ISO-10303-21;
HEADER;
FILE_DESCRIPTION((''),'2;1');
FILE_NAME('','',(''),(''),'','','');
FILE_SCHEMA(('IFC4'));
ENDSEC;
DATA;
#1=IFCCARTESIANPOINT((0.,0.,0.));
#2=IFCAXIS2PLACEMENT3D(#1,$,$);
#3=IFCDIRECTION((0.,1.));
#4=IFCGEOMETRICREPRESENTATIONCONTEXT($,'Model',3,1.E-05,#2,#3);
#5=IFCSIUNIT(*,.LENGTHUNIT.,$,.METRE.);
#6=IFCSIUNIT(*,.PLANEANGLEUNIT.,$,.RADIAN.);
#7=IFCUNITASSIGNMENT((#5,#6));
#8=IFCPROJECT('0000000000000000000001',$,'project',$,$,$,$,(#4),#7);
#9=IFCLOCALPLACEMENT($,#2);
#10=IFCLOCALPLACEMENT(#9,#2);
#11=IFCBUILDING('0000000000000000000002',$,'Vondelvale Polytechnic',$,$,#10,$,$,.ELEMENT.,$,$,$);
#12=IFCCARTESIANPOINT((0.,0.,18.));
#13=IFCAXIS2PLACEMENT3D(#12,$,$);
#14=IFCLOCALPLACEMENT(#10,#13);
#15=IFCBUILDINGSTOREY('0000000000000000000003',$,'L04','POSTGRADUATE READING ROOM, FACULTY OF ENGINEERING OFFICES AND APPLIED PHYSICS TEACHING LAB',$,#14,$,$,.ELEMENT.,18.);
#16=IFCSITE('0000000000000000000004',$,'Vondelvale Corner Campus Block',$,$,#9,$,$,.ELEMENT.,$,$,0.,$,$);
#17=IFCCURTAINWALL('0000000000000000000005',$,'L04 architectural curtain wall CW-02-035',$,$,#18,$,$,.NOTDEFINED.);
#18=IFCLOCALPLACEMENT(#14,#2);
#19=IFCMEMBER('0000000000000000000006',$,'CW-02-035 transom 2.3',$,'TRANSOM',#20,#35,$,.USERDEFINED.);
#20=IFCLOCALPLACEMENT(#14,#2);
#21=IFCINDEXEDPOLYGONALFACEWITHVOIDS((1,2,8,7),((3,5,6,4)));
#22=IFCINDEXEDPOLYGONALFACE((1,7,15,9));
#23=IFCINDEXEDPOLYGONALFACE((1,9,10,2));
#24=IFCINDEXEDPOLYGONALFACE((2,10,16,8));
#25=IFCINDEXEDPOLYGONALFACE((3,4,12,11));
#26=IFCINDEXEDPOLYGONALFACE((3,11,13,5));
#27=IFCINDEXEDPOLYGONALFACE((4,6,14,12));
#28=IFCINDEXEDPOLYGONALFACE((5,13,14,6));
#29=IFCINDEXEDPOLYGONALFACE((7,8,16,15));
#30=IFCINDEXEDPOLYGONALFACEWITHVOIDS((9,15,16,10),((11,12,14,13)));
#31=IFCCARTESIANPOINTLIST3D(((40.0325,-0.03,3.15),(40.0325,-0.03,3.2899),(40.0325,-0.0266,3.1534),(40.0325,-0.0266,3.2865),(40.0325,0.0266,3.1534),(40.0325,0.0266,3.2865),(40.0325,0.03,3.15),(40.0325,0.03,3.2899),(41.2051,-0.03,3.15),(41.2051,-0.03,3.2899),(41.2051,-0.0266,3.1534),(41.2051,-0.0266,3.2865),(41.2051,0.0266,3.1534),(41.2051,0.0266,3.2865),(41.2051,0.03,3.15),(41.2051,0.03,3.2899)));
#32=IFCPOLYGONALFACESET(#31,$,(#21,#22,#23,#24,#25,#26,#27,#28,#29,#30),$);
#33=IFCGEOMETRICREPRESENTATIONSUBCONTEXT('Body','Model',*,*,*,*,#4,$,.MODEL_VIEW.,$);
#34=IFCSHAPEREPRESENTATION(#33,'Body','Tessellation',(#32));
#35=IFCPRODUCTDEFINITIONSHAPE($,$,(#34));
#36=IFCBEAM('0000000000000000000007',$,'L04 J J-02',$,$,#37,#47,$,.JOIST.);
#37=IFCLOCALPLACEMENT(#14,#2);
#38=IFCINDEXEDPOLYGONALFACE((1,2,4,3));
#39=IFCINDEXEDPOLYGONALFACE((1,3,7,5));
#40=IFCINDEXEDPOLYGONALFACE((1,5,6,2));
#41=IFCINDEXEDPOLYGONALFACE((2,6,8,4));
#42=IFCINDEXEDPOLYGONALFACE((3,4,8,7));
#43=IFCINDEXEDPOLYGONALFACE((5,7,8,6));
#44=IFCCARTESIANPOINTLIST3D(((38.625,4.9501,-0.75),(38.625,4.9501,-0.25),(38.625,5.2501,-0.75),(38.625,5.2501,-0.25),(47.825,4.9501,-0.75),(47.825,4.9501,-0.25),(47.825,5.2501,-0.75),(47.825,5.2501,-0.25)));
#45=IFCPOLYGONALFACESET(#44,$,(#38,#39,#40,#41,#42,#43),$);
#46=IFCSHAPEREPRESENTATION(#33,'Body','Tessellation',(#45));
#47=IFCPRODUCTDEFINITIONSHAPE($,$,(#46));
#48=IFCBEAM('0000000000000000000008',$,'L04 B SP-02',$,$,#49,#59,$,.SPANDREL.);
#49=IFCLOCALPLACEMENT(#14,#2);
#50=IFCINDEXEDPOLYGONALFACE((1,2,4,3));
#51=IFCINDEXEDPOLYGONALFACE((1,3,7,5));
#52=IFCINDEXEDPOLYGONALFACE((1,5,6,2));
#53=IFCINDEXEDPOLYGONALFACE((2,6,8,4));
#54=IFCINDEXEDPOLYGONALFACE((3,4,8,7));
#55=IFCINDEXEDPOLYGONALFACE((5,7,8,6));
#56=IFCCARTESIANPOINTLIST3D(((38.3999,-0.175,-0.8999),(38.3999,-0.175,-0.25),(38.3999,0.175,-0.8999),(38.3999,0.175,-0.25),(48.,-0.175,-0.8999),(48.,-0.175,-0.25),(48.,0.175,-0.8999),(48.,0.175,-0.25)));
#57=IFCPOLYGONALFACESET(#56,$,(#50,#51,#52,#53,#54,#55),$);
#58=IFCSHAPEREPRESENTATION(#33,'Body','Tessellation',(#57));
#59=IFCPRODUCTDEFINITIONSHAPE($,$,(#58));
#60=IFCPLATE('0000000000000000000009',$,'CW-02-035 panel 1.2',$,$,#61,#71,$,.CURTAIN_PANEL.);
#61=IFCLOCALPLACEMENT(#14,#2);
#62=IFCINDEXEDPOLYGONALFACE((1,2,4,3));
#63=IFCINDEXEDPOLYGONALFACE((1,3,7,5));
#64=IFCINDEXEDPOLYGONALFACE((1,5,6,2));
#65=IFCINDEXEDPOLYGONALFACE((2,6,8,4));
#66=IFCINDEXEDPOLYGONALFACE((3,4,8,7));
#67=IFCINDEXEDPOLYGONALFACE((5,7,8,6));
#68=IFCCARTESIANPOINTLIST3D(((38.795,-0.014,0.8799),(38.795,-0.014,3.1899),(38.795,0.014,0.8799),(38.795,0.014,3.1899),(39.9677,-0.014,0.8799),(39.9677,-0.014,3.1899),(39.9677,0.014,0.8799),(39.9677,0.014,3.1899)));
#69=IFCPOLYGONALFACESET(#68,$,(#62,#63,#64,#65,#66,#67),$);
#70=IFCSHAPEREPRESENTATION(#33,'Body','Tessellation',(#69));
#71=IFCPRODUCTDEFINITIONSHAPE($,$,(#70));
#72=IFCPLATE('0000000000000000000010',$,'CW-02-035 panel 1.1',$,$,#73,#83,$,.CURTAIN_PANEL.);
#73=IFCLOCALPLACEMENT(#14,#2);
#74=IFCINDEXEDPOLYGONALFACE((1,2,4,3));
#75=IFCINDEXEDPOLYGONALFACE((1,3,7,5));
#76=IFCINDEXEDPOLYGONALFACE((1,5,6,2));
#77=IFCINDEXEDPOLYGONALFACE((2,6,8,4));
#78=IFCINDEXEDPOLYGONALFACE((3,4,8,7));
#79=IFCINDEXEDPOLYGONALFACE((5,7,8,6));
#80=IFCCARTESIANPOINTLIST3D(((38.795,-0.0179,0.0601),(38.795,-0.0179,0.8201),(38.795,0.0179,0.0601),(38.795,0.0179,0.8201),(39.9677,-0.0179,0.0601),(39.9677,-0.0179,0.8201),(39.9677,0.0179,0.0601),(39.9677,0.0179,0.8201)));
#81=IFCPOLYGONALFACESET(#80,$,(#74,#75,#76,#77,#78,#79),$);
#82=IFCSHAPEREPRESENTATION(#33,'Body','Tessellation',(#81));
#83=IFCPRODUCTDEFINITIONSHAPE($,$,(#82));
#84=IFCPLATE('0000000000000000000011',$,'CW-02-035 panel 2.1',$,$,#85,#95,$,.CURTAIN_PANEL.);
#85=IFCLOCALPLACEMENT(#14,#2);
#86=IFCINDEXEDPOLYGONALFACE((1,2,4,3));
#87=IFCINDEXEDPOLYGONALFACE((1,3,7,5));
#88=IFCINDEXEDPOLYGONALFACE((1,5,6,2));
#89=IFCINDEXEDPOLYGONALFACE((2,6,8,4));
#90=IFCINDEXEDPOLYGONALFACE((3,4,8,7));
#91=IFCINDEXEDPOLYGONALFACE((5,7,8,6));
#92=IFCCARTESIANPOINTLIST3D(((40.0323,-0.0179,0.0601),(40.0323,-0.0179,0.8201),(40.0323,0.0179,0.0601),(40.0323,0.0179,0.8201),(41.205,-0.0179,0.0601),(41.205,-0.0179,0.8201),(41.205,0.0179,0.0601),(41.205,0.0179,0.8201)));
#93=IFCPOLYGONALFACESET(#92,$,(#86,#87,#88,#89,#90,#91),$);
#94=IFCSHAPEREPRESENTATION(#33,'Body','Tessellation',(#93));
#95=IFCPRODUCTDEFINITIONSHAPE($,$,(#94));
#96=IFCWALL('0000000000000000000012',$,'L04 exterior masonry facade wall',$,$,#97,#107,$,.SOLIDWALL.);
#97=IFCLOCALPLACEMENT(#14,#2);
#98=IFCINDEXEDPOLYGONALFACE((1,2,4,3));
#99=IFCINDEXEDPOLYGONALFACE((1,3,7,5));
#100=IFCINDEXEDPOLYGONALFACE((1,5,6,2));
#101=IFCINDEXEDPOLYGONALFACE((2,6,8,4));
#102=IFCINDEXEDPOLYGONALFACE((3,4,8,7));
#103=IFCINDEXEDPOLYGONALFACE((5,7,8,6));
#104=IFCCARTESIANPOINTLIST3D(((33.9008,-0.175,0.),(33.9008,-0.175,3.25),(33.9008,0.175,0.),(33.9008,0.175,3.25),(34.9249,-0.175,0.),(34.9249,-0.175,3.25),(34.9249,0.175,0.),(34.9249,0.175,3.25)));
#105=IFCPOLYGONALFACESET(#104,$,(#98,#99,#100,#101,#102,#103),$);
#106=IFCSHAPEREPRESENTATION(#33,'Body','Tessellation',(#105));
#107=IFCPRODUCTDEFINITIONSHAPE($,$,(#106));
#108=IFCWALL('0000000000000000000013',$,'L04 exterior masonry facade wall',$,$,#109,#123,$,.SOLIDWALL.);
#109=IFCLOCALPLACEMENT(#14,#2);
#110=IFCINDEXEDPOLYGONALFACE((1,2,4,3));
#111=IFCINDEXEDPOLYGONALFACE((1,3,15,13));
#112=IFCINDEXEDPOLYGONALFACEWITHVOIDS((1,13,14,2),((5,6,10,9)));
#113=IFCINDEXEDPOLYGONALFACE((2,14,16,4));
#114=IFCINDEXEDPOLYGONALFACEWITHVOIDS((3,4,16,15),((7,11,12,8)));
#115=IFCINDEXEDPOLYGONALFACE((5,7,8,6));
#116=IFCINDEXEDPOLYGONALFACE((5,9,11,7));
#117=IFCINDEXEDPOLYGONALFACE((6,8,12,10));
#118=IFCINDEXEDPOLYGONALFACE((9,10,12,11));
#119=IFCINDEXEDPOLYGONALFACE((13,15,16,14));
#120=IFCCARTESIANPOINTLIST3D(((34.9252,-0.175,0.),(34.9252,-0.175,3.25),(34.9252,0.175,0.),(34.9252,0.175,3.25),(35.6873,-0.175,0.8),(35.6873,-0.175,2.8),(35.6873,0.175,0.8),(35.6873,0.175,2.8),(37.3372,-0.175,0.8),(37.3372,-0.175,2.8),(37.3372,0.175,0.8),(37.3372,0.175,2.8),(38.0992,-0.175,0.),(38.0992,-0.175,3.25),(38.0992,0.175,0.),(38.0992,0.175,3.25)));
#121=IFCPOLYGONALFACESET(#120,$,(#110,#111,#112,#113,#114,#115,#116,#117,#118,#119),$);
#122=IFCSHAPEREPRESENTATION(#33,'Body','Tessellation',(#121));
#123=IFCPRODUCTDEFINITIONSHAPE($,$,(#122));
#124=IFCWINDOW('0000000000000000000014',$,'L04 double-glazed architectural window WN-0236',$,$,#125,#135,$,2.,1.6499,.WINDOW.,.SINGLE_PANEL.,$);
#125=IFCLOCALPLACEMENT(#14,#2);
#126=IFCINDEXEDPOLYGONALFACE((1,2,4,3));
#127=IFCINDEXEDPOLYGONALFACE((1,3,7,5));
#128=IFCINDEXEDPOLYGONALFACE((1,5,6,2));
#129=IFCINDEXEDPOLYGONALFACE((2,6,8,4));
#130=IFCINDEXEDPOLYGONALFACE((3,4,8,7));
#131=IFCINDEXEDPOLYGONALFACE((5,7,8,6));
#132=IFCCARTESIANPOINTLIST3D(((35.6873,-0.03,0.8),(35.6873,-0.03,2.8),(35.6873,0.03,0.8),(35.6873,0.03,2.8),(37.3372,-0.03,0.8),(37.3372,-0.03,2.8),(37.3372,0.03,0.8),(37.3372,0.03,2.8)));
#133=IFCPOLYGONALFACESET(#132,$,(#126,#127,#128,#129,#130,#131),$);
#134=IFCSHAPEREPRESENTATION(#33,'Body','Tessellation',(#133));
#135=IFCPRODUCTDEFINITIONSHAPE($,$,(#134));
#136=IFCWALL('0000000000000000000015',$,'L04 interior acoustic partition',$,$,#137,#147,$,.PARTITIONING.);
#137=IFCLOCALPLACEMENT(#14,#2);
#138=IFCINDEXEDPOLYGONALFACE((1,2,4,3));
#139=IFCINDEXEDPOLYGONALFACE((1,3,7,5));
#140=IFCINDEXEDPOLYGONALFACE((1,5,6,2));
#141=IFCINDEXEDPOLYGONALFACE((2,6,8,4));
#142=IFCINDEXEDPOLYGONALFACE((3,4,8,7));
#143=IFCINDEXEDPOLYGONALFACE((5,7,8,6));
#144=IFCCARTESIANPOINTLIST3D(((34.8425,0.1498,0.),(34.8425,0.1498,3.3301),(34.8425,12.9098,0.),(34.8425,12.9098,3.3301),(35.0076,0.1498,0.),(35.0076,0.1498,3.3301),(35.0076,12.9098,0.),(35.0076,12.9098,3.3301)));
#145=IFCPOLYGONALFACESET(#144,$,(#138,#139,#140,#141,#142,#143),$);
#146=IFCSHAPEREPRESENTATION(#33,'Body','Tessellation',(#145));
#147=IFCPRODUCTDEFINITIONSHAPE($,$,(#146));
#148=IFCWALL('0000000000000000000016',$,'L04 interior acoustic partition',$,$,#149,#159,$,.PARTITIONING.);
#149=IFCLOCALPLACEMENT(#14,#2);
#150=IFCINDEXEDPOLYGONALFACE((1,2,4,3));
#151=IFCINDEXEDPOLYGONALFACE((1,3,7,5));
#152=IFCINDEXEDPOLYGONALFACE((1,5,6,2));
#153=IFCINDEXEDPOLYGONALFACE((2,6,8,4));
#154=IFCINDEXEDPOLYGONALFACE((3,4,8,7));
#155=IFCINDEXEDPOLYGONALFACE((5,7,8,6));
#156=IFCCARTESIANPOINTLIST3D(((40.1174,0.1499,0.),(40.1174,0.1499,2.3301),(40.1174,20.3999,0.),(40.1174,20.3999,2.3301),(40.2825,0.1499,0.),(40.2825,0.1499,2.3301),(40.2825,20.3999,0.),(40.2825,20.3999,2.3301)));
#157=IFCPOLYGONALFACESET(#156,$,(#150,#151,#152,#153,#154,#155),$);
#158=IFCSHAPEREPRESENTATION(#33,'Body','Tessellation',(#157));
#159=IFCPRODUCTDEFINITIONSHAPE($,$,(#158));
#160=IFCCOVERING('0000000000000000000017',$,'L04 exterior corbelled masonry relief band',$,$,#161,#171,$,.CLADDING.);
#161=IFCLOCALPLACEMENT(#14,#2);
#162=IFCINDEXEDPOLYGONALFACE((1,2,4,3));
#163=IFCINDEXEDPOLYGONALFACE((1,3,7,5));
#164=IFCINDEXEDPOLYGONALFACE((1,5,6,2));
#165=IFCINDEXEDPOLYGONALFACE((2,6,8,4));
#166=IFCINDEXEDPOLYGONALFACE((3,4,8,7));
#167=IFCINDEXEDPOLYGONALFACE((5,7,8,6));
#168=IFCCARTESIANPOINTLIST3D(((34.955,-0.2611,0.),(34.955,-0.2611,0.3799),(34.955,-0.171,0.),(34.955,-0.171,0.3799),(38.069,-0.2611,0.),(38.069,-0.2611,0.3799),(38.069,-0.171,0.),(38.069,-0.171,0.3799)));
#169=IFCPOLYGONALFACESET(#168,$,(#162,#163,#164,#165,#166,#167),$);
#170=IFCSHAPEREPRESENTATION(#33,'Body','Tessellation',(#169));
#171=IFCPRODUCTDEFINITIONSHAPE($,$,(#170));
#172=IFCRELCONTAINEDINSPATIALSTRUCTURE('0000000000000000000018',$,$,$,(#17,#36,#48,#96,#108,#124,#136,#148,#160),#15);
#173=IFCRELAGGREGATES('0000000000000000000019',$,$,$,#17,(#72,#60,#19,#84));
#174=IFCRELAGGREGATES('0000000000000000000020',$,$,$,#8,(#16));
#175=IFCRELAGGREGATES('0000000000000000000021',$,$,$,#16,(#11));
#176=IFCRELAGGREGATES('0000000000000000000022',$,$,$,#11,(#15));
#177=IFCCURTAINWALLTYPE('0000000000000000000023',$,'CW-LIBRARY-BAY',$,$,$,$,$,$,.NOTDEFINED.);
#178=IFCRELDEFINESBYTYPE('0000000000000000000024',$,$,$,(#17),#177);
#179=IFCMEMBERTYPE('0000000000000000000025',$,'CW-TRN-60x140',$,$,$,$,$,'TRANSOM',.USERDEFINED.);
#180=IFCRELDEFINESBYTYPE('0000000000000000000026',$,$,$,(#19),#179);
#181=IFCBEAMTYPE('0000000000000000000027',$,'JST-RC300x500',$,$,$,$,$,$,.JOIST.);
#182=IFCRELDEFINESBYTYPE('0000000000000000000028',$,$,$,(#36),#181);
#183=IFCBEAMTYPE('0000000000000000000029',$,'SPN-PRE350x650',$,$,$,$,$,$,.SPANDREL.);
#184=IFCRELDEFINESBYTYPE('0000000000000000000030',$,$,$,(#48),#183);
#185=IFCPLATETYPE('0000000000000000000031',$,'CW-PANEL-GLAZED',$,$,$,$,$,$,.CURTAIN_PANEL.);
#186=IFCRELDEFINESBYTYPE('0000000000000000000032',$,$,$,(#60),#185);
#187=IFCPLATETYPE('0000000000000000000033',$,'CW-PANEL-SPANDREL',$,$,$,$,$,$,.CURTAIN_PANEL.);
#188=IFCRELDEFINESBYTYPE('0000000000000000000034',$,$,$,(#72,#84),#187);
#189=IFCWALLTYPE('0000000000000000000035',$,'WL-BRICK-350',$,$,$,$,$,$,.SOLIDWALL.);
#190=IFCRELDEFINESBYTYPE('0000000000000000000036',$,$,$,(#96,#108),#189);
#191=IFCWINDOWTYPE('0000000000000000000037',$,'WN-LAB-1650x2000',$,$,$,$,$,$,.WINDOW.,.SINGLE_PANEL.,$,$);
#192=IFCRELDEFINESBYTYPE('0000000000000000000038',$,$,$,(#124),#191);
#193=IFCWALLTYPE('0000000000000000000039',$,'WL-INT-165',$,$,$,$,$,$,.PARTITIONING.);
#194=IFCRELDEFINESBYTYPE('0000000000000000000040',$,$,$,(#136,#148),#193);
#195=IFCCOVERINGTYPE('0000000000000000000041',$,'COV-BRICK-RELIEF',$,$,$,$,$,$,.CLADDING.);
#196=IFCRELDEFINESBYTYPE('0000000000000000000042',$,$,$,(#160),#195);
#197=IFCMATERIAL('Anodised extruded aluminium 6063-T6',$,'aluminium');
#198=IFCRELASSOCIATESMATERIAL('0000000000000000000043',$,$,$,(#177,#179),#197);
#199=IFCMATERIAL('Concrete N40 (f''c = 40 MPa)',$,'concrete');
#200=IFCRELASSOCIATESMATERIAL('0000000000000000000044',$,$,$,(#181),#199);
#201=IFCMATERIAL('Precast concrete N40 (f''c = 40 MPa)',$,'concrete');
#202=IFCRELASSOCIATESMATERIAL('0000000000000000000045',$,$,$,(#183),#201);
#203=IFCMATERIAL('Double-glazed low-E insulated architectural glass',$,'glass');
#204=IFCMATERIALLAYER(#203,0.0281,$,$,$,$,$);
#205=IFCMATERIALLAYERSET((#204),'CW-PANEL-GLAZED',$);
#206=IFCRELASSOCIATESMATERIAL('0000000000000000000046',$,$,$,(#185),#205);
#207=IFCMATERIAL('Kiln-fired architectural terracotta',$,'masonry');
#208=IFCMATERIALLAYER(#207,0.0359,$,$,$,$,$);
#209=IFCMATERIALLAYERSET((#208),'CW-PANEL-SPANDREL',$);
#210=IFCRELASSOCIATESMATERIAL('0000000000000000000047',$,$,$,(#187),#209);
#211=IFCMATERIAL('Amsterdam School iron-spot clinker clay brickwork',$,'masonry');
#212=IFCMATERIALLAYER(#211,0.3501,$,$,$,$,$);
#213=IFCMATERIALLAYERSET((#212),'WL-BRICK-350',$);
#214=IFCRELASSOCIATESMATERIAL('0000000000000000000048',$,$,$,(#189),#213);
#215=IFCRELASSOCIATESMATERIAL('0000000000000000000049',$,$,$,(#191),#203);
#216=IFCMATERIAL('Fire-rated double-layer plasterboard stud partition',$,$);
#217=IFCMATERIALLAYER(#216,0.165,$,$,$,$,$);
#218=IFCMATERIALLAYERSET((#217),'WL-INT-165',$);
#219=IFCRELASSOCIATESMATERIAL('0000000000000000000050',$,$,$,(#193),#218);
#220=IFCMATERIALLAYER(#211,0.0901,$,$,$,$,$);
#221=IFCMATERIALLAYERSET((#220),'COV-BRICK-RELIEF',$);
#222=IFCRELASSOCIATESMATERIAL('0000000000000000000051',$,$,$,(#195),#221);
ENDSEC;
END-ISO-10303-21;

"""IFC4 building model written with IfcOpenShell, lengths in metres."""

from ifc_helpers import new_model, si_unit, direction, frame, frame_2d, origin, origin_2d, place, context, subcontext, project, spatial, rectangle, hollow_rectangle, extrude, material, layer, layer_set, material_profile, profile_set, type_object, element, fill, aggregate, save


model = new_model("IFC4")

# Units and contexts
model_context = context("Model", 3, precision=1e-05, world=origin(), true_north=direction((0.0, 1.0)))
body_context = subcontext(model_context, "Body", "Model", "MODEL_VIEW")
ifc_project = project(units=[si_unit("LENGTHUNIT", "METRE"), si_unit("PLANEANGLEUNIT", "RADIAN")], contexts=[model_context])

# Site, building, storey
site_placement = place(None, origin())
site = spatial("IfcSite", under=ifc_project, at=site_placement, Name="Vondelvale Corner Campus Block", CompositionType="ELEMENT", RefElevation=0.0)
building_placement = place(site_placement, origin())
building = spatial("IfcBuilding", under=site, at=building_placement, Name="Vondelvale Polytechnic", CompositionType="ELEMENT")
storey_placement = place(building_placement, frame((0.0, 0.0, 18.0)))
storey = spatial("IfcBuildingStorey", under=building, at=storey_placement, Name="L04", Description="POSTGRADUATE READING ROOM, FACULTY OF ENGINEERING OFFICES AND APPLIED PHYSICS TEACHING LAB", CompositionType="ELEMENT", Elevation=18.0)

# Shared definitions
ifc_material_1 = material(Name="Concrete N40 (f'c = 40 MPa)", Category="concrete")

# Curtain wall, member
ifc_material_2 = material(Name="Anodised extruded aluminium 6063-T6", Category="aluminium")
curtain_wall_type = type_object("IfcCurtainWallType", Name="CW-LIBRARY-BAY", PredefinedType="NOTDEFINED", material=ifc_material_2)
curtain_wall_placement = place(storey_placement, origin())
curtain_wall = element("IfcCurtainWall", 1, at=curtain_wall_placement, inside=storey, type_object=curtain_wall_type, Name="L04 architectural curtain wall CW-02-035", PredefinedType="NOTDEFINED")
ifc_material_profile_1 = material_profile(ifc_material_2, hollow_rectangle(XDim=0.0601, YDim=0.1399, WallThickness=0.0034, at=origin_2d()), Name="CW-TRN-140x60")
ifc_profile_set_1 = profile_set([ifc_material_profile_1], Name="Anodised extruded aluminium 6063-T6")
member_type_1 = type_object("IfcMemberType", Name="CW-TRN-60x140", ElementType="TRANSOM", PredefinedType="USERDEFINED", material=ifc_profile_set_1)
member_1_placement = place(storey_placement, frame((40.0325, 0.0, 3.22), z_axis=(1.0, 0.0, 0.0), x_axis=(0.0, 1.0, 0.0)))
member_1 = element("IfcMember", 2, at=member_1_placement, type_object=member_type_1, Name="CW-02-035 transom 2.3", ObjectType="TRANSOM", PredefinedType="USERDEFINED", context=body_context, shape_type="SweptSolid", body=[
    extrude(hollow_rectangle(XDim=0.0601, YDim=0.1399, WallThickness=0.0034, at=origin_2d()), origin(), (0.0, 0.0, 1.0), 1.1726),
])

# Beams
ifc_material_profile_2 = material_profile(ifc_material_1, rectangle(XDim=0.3, YDim=0.5, at=origin_2d()), Name="RC-JST-300x500")
ifc_profile_set_2 = profile_set([ifc_material_profile_2], Name="Concrete N40 (f'c = 40 MPa)")
beam_type_1 = type_object("IfcBeamType", Name="JST-RC300x500", PredefinedType="JOIST", material=ifc_profile_set_2)
beam_1_placement = place(storey_placement, frame((38.625, 5.1001, -0.5), z_axis=(1.0, 0.0, 0.0), x_axis=(0.0, 1.0, 0.0)))
element("IfcBeam", 3, at=beam_1_placement, inside=storey, type_object=beam_type_1, Name="L04 J J-02", PredefinedType="JOIST", context=body_context, shape_type="SweptSolid", body=[
    extrude(rectangle(XDim=0.3, YDim=0.5, at=origin_2d()), origin(), (0.0, 0.0, 1.0), 9.2),
])
ifc_material_3 = material(Name="Precast concrete N40 (f'c = 40 MPa)", Category="concrete")
ifc_material_profile_3 = material_profile(ifc_material_3, rectangle(XDim=0.3501, YDim=0.6499, at=origin_2d()), Name="RC-SPN-350x650")
ifc_profile_set_3 = profile_set([ifc_material_profile_3], Name="Precast concrete N40 (f'c = 40 MPa)")
beam_type_2 = type_object("IfcBeamType", Name="SPN-PRE350x650", PredefinedType="SPANDREL", material=ifc_profile_set_3)
beam_2_placement = place(storey_placement, frame((38.3999, 0.0, -0.575), z_axis=(1.0, 0.0, 0.0), x_axis=(0.0, 1.0, 0.0)))
element("IfcBeam", 4, at=beam_2_placement, inside=storey, type_object=beam_type_2, Name="L04 B SP-02", PredefinedType="SPANDREL", context=body_context, shape_type="SweptSolid", body=[
    extrude(rectangle(XDim=0.3501, YDim=0.6499, at=origin_2d()), origin(), (0.0, 0.0, 1.0), 9.6001),
])

# Plates
ifc_material_4 = material(Name="Double-glazed low-E insulated architectural glass", Category="glass")
ifc_layer_1 = layer(ifc_material_4, 0.0281)
ifc_layer_set_1 = layer_set([ifc_layer_1], Name="CW-PANEL-GLAZED")
plate_type_1 = type_object("IfcPlateType", Name="CW-PANEL-GLAZED", PredefinedType="CURTAIN_PANEL", material=ifc_layer_set_1)
plate_1_placement = place(storey_placement, frame((39.3813, 0.0, 0.8799), z_axis=(0.0, 0.0, 1.0), x_axis=(1.0, 0.0, 0.0)))
plate_1 = element("IfcPlate", 5, at=plate_1_placement, type_object=plate_type_1, Name="CW-02-035 panel 1.2", PredefinedType="CURTAIN_PANEL", context=body_context, shape_type="SweptSolid", body=[
    extrude(rectangle(XDim=1.1726, YDim=0.0281, at=origin_2d()), origin(), (0.0, 0.0, 1.0), 2.3101),
])
ifc_material_5 = material(Name="Kiln-fired architectural terracotta", Category="masonry")
ifc_layer_2 = layer(ifc_material_5, 0.0359)
ifc_layer_set_2 = layer_set([ifc_layer_2], Name="CW-PANEL-SPANDREL")
plate_type_2 = type_object("IfcPlateType", Name="CW-PANEL-SPANDREL", PredefinedType="CURTAIN_PANEL", material=ifc_layer_set_2)
plate_2_placement = place(storey_placement, frame((39.3813, 0.0, 0.0601), z_axis=(0.0, 0.0, 1.0), x_axis=(1.0, 0.0, 0.0)))
plate_2 = element("IfcPlate", 6, at=plate_2_placement, type_object=plate_type_2, Name="CW-02-035 panel 1.1", PredefinedType="CURTAIN_PANEL", context=body_context, shape_type="SweptSolid", body=[
    extrude(rectangle(XDim=1.1726, YDim=0.0359, at=origin_2d()), origin(), (0.0, 0.0, 1.0), 0.76),
])
plate_3_placement = place(storey_placement, frame((40.6187, 0.0, 0.0601), z_axis=(0.0, 0.0, 1.0), x_axis=(1.0, 0.0, 0.0)))
plate_3 = element("IfcPlate", 7, at=plate_3_placement, type_object=plate_type_2, Name="CW-02-035 panel 2.1", PredefinedType="CURTAIN_PANEL", context=body_context, shape_type="SweptSolid", body=[
    extrude(rectangle(XDim=1.1726, YDim=0.0359, at=origin_2d()), origin(), (0.0, 0.0, 1.0), 0.76),
])
aggregate(curtain_wall, [plate_2, plate_1, member_1, plate_3])

# Wall
ifc_material_6 = material(Name="Amsterdam School iron-spot clinker clay brickwork", Category="masonry")
ifc_layer_3 = layer(ifc_material_6, 0.3501)
ifc_layer_set_3 = layer_set([ifc_layer_3], Name="WL-BRICK-350")
wall_type_1 = type_object("IfcWallType", Name="WL-BRICK-350", PredefinedType="SOLIDWALL", material=ifc_layer_set_3)
wall_1_placement = place(storey_placement, frame((34.925, 0.0, 0.0), z_axis=(0.0, 0.0, 1.0), x_axis=(-1.0, 0.0, 0.0)))
element("IfcWall", 8, at=wall_1_placement, inside=storey, type_object=wall_type_1, Name="L04 exterior masonry facade wall", PredefinedType="SOLIDWALL", context=body_context, shape_type="SweptSolid", body=[
    extrude(rectangle(XDim=1.0242, YDim=0.3501, at=frame_2d((0.5122, 0.0))), origin(), (0.0, 0.0, 1.0), 3.25),
])

# Wall, opening, window
wall_2_placement = place(storey_placement, frame((38.0991, 0.0, 0.0), z_axis=(0.0, 0.0, 1.0), x_axis=(-1.0, 0.0, 0.0)))
wall_2 = element("IfcWall", 9, at=wall_2_placement, inside=storey, type_object=wall_type_1, Name="L04 exterior masonry facade wall", PredefinedType="SOLIDWALL", context=body_context, shape_type="SweptSolid", body=[
    extrude(rectangle(XDim=3.1741, YDim=0.3501, at=frame_2d((1.5869, 0.0))), origin(), (0.0, 0.0, 1.0), 3.25),
])
opening_placement = place(wall_2_placement, frame((0.762, 0.0, 0.8)))
opening = element("IfcOpeningElement", 10, at=opening_placement, cuts=wall_2, PredefinedType="OPENING", context=body_context, shape_type="SweptSolid", body=[
    extrude(rectangle(XDim=1.6499, YDim=2.0, at=frame_2d((0.825, 1.0))), frame((0.0, 0.1851, 0.0), z_axis=(0.0, -1.0, 0.0), x_axis=(1.0, 0.0, 0.0)), (0.0, 0.0, 1.0), 0.3701),
])
window_type = type_object("IfcWindowType", Name="WN-LAB-1650x2000", PartitioningType="SINGLE_PANEL", PredefinedType="WINDOW", material=ifc_material_4)
window_placement = place(opening_placement, origin())
window = element("IfcWindow", 11, at=window_placement, inside=storey, type_object=window_type, Name="L04 double-glazed architectural window WN-0236", OverallHeight=2.0, OverallWidth=1.6499, PartitioningType="SINGLE_PANEL", PredefinedType="WINDOW", context=body_context, shape_type="SweptSolid", body=[
    extrude(rectangle(XDim=1.6499, YDim=2.0, at=frame_2d((0.825, 1.0))), frame((0.0, 0.03, 0.0), z_axis=(0.0, -1.0, 0.0), x_axis=(1.0, 0.0, 0.0)), (0.0, 0.0, 1.0), 0.0601),
])
fill(opening, window)

# Walls
ifc_material_7 = material(Name="Fire-rated double-layer plasterboard stud partition")
ifc_layer_4 = layer(ifc_material_7, 0.165)
ifc_layer_set_4 = layer_set([ifc_layer_4], Name="WL-INT-165")
wall_type_2 = type_object("IfcWallType", Name="WL-INT-165", PredefinedType="PARTITIONING", material=ifc_layer_set_4)
wall_3_placement = place(storey_placement, frame((34.925, 0.1499, 0.0), z_axis=(0.0, 0.0, 1.0), x_axis=(0.0, 1.0, 0.0)))
element("IfcWall", 12, at=wall_3_placement, inside=storey, type_object=wall_type_2, Name="L04 interior acoustic partition", PredefinedType="PARTITIONING", context=body_context, shape_type="SweptSolid", body=[
    extrude(rectangle(XDim=12.76, YDim=0.165, at=frame_2d((6.3799, 0.0))), origin(), (0.0, 0.0, 1.0), 3.3301),
])
wall_4_placement = place(storey_placement, frame((40.2, 0.1499, 0.0), z_axis=(0.0, 0.0, 1.0), x_axis=(0.0, 1.0, 0.0)))
element("IfcWall", 13, at=wall_4_placement, inside=storey, type_object=wall_type_2, Name="L04 interior acoustic partition", PredefinedType="PARTITIONING", context=body_context, shape_type="SweptSolid", body=[
    extrude(rectangle(XDim=20.25, YDim=0.165, at=frame_2d((10.125, 0.0))), origin(), (0.0, 0.0, 1.0), 2.3301),
])

# Covering
ifc_layer_5 = layer(ifc_material_6, 0.0901)
ifc_layer_set_5 = layer_set([ifc_layer_5], Name="COV-BRICK-RELIEF")
covering_type = type_object("IfcCoveringType", Name="COV-BRICK-RELIEF", PredefinedType="CLADDING", material=ifc_layer_set_5)
covering_1_placement = place(storey_placement, frame((36.512, -0.2161, 0.0), z_axis=(0.0, 0.0, 1.0), x_axis=(-1.0, 0.0, 0.0)))
element("IfcCovering", 14, at=covering_1_placement, inside=storey, type_object=covering_type, Name="L04 exterior corbelled masonry relief band", PredefinedType="CLADDING", context=body_context, shape_type="SweptSolid", body=[
    extrude(rectangle(XDim=3.114, YDim=0.0901, at=origin_2d()), origin(), (0.0, 0.0, 1.0), 0.3799),
])

save(model, "model.ifc")
